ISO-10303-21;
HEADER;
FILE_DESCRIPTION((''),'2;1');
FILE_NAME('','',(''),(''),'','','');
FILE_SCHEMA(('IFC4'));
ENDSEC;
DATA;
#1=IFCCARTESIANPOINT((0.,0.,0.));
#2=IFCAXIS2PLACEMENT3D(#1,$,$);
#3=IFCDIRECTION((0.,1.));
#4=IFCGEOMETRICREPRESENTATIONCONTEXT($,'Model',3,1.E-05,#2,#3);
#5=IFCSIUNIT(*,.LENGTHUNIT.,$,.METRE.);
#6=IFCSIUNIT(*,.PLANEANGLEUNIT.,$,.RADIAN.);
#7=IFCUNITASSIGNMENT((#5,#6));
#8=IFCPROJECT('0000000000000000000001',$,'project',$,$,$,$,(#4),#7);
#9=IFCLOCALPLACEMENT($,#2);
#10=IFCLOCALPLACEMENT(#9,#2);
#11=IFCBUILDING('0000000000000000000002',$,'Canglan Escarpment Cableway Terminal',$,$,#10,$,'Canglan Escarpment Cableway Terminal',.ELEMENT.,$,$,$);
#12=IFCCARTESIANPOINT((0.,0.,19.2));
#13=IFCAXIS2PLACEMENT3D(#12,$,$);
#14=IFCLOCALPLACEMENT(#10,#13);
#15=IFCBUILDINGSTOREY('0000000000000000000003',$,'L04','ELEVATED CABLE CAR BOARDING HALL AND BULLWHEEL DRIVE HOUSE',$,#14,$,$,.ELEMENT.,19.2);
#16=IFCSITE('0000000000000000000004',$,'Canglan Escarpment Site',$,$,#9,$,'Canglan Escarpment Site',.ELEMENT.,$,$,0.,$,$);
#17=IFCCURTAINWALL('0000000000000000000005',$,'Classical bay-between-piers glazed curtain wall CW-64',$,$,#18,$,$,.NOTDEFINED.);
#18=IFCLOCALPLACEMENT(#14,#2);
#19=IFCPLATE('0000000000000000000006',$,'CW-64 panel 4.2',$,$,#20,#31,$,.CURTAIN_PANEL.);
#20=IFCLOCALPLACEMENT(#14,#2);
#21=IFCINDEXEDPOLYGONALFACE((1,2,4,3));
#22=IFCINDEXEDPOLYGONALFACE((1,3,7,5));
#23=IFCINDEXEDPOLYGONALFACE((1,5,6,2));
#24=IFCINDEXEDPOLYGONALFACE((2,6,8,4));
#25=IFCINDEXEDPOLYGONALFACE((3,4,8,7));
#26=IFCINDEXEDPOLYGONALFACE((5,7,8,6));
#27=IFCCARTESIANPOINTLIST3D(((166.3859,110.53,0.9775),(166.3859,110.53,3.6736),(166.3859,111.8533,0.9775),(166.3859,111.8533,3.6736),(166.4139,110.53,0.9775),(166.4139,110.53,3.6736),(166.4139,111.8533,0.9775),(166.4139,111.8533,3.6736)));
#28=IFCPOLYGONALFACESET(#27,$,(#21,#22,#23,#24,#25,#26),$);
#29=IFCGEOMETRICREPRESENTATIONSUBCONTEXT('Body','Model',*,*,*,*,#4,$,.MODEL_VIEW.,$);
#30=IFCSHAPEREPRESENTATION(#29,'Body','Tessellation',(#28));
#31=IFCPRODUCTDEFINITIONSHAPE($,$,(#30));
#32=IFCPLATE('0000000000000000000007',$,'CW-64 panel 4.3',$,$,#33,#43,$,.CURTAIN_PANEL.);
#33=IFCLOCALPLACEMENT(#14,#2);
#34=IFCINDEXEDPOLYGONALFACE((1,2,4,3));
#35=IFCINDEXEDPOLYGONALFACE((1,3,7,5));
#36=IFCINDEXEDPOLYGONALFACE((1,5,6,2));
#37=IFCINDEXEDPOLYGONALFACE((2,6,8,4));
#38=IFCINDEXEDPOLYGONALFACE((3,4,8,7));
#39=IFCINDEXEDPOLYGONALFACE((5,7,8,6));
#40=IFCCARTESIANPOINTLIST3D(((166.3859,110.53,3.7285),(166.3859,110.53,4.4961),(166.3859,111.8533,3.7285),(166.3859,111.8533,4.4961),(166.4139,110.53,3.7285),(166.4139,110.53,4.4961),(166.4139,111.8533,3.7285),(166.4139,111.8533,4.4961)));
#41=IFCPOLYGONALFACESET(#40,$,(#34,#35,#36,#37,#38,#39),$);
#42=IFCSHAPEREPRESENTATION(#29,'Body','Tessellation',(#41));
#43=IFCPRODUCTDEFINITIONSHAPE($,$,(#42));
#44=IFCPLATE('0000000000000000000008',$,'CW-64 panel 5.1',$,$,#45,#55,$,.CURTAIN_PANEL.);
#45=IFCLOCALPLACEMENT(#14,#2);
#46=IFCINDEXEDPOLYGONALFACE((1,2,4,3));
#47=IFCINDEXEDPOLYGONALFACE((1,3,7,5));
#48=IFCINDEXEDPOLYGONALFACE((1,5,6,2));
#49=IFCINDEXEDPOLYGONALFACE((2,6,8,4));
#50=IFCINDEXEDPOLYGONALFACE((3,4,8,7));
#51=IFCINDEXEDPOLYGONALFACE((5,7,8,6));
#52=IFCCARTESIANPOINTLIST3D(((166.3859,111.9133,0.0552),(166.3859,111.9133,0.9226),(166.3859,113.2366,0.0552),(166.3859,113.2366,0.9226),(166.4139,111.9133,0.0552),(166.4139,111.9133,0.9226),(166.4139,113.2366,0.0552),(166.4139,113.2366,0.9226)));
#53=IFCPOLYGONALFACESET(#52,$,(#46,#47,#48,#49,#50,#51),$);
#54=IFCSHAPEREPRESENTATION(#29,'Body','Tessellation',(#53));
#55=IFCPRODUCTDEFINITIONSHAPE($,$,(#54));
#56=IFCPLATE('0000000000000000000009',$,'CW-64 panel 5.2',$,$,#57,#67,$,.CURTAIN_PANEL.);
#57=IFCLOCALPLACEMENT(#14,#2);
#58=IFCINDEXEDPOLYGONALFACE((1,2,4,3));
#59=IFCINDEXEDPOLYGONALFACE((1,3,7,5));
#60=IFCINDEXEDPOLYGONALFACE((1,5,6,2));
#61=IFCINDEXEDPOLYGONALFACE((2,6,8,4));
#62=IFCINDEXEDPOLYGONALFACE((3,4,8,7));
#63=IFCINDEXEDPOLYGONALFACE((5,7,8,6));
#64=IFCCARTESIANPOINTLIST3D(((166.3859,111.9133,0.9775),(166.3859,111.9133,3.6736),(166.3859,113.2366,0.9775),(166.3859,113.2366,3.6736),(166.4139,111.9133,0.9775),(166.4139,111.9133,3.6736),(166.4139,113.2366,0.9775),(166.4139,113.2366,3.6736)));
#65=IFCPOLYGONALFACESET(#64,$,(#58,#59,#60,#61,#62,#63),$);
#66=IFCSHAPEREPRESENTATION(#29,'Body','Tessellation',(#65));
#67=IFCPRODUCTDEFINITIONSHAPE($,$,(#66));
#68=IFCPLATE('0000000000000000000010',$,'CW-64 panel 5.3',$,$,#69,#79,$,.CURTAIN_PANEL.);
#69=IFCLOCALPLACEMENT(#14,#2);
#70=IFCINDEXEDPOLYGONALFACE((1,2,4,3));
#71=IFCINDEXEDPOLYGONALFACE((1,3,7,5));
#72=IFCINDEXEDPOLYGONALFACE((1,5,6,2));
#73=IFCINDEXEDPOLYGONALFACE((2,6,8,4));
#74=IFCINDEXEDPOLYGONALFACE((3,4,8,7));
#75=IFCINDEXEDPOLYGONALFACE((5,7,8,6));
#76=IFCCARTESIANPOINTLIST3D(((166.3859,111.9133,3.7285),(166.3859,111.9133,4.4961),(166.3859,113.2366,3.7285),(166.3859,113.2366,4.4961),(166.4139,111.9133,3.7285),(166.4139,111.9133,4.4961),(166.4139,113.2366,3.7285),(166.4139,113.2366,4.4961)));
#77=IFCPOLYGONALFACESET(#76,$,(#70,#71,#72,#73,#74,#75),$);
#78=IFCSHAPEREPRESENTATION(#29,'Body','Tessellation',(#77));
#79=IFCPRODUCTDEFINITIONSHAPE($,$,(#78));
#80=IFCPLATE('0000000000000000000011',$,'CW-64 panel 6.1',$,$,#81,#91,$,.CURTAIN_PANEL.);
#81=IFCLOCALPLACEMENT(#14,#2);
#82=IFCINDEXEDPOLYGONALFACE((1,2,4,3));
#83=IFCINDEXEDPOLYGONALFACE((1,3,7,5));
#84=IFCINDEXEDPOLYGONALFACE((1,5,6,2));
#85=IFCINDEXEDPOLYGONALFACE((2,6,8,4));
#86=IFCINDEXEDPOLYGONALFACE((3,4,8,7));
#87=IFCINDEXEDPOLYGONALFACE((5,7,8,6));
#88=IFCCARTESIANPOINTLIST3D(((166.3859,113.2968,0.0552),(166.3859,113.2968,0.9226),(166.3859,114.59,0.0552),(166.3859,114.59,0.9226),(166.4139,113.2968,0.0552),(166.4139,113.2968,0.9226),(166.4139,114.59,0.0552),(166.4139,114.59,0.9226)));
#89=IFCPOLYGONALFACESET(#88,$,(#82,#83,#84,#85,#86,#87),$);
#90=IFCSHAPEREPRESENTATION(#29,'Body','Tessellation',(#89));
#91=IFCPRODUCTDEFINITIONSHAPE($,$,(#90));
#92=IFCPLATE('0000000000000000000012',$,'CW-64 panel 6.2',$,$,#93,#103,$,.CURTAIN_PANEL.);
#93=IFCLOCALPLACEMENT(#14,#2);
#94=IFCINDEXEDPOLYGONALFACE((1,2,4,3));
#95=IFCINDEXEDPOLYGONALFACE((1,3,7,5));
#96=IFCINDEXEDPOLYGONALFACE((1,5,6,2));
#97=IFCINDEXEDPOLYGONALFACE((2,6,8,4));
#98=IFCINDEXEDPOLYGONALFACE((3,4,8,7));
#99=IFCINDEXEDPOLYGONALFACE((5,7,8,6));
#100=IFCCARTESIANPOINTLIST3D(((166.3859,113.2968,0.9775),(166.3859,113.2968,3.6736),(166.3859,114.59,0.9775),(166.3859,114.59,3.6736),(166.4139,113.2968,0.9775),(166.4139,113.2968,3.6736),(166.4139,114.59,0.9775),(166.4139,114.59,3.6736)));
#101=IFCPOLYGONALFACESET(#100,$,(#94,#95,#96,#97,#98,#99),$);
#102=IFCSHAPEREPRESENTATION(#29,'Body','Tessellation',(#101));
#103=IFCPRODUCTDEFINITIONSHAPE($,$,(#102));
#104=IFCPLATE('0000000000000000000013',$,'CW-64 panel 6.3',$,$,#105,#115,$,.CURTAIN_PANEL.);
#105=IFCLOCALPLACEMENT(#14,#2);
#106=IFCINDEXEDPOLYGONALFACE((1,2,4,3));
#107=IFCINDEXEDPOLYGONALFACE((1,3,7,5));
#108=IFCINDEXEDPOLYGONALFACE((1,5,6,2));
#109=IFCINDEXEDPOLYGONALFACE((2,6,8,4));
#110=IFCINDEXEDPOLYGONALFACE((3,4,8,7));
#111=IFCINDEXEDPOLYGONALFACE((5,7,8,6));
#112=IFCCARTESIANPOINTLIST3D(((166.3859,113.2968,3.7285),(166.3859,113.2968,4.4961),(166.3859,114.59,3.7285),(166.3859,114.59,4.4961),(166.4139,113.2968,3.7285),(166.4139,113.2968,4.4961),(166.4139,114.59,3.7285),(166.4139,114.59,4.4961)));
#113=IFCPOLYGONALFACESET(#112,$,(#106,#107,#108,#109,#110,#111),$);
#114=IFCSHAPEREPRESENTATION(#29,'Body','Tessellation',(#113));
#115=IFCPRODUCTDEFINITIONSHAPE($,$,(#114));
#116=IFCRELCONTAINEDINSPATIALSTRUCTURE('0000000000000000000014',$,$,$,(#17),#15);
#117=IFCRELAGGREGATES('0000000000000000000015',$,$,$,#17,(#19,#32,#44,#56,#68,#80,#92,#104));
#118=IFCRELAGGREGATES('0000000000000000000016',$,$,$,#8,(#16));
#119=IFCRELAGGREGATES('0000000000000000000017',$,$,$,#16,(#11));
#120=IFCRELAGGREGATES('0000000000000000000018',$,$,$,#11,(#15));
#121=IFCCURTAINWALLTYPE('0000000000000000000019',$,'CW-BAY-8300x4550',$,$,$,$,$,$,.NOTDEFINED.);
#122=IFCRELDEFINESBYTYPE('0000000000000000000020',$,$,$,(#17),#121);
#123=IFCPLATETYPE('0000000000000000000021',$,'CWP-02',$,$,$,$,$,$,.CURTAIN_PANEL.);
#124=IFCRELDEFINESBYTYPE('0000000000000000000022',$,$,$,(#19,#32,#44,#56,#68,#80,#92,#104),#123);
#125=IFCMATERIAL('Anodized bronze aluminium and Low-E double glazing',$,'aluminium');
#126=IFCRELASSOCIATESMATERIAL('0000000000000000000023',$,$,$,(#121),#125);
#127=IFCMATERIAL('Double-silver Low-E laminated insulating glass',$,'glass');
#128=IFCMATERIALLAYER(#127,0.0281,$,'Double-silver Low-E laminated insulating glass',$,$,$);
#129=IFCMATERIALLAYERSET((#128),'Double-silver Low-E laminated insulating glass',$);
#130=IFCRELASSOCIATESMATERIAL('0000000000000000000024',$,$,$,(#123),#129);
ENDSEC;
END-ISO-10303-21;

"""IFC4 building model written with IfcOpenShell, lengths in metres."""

from ifc_helpers import new_model, si_unit, direction, frame, origin, origin_2d, place, context, subcontext, project, spatial, rectangle, extrude, material, layer, layer_set, type_object, element, aggregate, save


model = new_model("IFC4")

# Units and contexts
model_context = context("Model", 3, precision=1e-05, world=origin(), true_north=direction((0.0, 1.0)))
body_context = subcontext(model_context, "Body", "Model", "MODEL_VIEW")
ifc_project = project(units=[si_unit("LENGTHUNIT", "METRE"), si_unit("PLANEANGLEUNIT", "RADIAN")], contexts=[model_context])

# Site, building, storey
site_placement = place(None, origin())
site = spatial("IfcSite", under=ifc_project, at=site_placement, Name="Canglan Escarpment Site", LongName="Canglan Escarpment Site", CompositionType="ELEMENT", RefElevation=0.0)
building_placement = place(site_placement, origin())
building = spatial("IfcBuilding", under=site, at=building_placement, Name="Canglan Escarpment Cableway Terminal", LongName="Canglan Escarpment Cableway Terminal", CompositionType="ELEMENT")
storey_placement = place(building_placement, frame((0.0, 0.0, 19.2)))
storey = spatial("IfcBuildingStorey", under=building, at=storey_placement, Name="L04", Description="ELEVATED CABLE CAR BOARDING HALL AND BULLWHEEL DRIVE HOUSE", CompositionType="ELEMENT", Elevation=19.2)

# Curtain wall
ifc_material_1 = material(Name="Anodized bronze aluminium and Low-E double glazing", Category="aluminium")
curtain_wall_type = type_object("IfcCurtainWallType", Name="CW-BAY-8300x4550", PredefinedType="NOTDEFINED", material=ifc_material_1)
curtain_wall_1_placement = place(storey_placement, origin())
curtain_wall_1 = element("IfcCurtainWall", 1, at=curtain_wall_1_placement, inside=storey, type_object=curtain_wall_type, Name="Classical bay-between-piers glazed curtain wall CW-64", PredefinedType="NOTDEFINED")

# Plates
ifc_material_2 = material(Name="Double-silver Low-E laminated insulating glass", Category="glass")
ifc_layer = layer(ifc_material_2, 0.0281, Name="Double-silver Low-E laminated insulating glass")
ifc_layer_set = layer_set([ifc_layer], Name="Double-silver Low-E laminated insulating glass")
plate_type = type_object("IfcPlateType", Name="CWP-02", PredefinedType="CURTAIN_PANEL", material=ifc_layer_set)
plate_1_placement = place(storey_placement, frame((166.3999, 111.1917, 0.9775), z_axis=(0.0, 0.0, 1.0), x_axis=(0.0, 1.0, 0.0)))
plate_1 = element("IfcPlate", 2, at=plate_1_placement, type_object=plate_type, Name="CW-64 panel 4.2", PredefinedType="CURTAIN_PANEL", context=body_context, shape_type="SweptSolid", body=[
    extrude(rectangle(XDim=1.3232, YDim=0.0281, at=origin_2d()), origin(), (0.0, 0.0, 1.0), 2.696),
])
plate_2_placement = place(storey_placement, frame((166.3999, 111.1917, 3.7285), z_axis=(0.0, 0.0, 1.0), x_axis=(0.0, 1.0, 0.0)))
plate_2 = element("IfcPlate", 3, at=plate_2_placement, type_object=plate_type, Name="CW-64 panel 4.3", PredefinedType="CURTAIN_PANEL", context=body_context, shape_type="SweptSolid", body=[
    extrude(rectangle(XDim=1.3232, YDim=0.0281, at=origin_2d()), origin(), (0.0, 0.0, 1.0), 0.7676),
])
plate_3_placement = place(storey_placement, frame((166.3999, 112.575, 0.0552), z_axis=(0.0, 0.0, 1.0), x_axis=(0.0, 1.0, 0.0)))
plate_3 = element("IfcPlate", 4, at=plate_3_placement, type_object=plate_type, Name="CW-64 panel 5.1", PredefinedType="CURTAIN_PANEL", context=body_context, shape_type="SweptSolid", body=[
    extrude(rectangle(XDim=1.3232, YDim=0.0281, at=origin_2d()), origin(), (0.0, 0.0, 1.0), 0.8674),
])
plate_4_placement = place(storey_placement, frame((166.3999, 112.575, 0.9775), z_axis=(0.0, 0.0, 1.0), x_axis=(0.0, 1.0, 0.0)))
plate_4 = element("IfcPlate", 5, at=plate_4_placement, type_object=plate_type, Name="CW-64 panel 5.2", PredefinedType="CURTAIN_PANEL", context=body_context, shape_type="SweptSolid", body=[
    extrude(rectangle(XDim=1.3232, YDim=0.0281, at=origin_2d()), origin(), (0.0, 0.0, 1.0), 2.696),
])
plate_5_placement = place(storey_placement, frame((166.3999, 112.575, 3.7285), z_axis=(0.0, 0.0, 1.0), x_axis=(0.0, 1.0, 0.0)))
plate_5 = element("IfcPlate", 6, at=plate_5_placement, type_object=plate_type, Name="CW-64 panel 5.3", PredefinedType="CURTAIN_PANEL", context=body_context, shape_type="SweptSolid", body=[
    extrude(rectangle(XDim=1.3232, YDim=0.0281, at=origin_2d()), origin(), (0.0, 0.0, 1.0), 0.7676),
])
plate_6_placement = place(storey_placement, frame((166.3999, 113.9434, 0.0552), z_axis=(0.0, 0.0, 1.0), x_axis=(0.0, 1.0, 0.0)))
plate_6 = element("IfcPlate", 7, at=plate_6_placement, type_object=plate_type, Name="CW-64 panel 6.1", PredefinedType="CURTAIN_PANEL", context=body_context, shape_type="SweptSolid", body=[
    extrude(rectangle(XDim=1.2932, YDim=0.0281, at=origin_2d()), origin(), (0.0, 0.0, 1.0), 0.8674),
])
plate_7_placement = place(storey_placement, frame((166.3999, 113.9434, 0.9775), z_axis=(0.0, 0.0, 1.0), x_axis=(0.0, 1.0, 0.0)))
plate_7 = element("IfcPlate", 8, at=plate_7_placement, type_object=plate_type, Name="CW-64 panel 6.2", PredefinedType="CURTAIN_PANEL", context=body_context, shape_type="SweptSolid", body=[
    extrude(rectangle(XDim=1.2932, YDim=0.0281, at=origin_2d()), origin(), (0.0, 0.0, 1.0), 2.696),
])
plate_8_placement = place(storey_placement, frame((166.3999, 113.9434, 3.7285), z_axis=(0.0, 0.0, 1.0), x_axis=(0.0, 1.0, 0.0)))
plate_8 = element("IfcPlate", 9, at=plate_8_placement, type_object=plate_type, Name="CW-64 panel 6.3", PredefinedType="CURTAIN_PANEL", context=body_context, shape_type="SweptSolid", body=[
    extrude(rectangle(XDim=1.2932, YDim=0.0281, at=origin_2d()), origin(), (0.0, 0.0, 1.0), 0.7676),
])
aggregate(curtain_wall_1, [plate_1, plate_2, plate_3, plate_4, plate_5, plate_6, plate_7, plate_8])

save(model, "model.ifc")
